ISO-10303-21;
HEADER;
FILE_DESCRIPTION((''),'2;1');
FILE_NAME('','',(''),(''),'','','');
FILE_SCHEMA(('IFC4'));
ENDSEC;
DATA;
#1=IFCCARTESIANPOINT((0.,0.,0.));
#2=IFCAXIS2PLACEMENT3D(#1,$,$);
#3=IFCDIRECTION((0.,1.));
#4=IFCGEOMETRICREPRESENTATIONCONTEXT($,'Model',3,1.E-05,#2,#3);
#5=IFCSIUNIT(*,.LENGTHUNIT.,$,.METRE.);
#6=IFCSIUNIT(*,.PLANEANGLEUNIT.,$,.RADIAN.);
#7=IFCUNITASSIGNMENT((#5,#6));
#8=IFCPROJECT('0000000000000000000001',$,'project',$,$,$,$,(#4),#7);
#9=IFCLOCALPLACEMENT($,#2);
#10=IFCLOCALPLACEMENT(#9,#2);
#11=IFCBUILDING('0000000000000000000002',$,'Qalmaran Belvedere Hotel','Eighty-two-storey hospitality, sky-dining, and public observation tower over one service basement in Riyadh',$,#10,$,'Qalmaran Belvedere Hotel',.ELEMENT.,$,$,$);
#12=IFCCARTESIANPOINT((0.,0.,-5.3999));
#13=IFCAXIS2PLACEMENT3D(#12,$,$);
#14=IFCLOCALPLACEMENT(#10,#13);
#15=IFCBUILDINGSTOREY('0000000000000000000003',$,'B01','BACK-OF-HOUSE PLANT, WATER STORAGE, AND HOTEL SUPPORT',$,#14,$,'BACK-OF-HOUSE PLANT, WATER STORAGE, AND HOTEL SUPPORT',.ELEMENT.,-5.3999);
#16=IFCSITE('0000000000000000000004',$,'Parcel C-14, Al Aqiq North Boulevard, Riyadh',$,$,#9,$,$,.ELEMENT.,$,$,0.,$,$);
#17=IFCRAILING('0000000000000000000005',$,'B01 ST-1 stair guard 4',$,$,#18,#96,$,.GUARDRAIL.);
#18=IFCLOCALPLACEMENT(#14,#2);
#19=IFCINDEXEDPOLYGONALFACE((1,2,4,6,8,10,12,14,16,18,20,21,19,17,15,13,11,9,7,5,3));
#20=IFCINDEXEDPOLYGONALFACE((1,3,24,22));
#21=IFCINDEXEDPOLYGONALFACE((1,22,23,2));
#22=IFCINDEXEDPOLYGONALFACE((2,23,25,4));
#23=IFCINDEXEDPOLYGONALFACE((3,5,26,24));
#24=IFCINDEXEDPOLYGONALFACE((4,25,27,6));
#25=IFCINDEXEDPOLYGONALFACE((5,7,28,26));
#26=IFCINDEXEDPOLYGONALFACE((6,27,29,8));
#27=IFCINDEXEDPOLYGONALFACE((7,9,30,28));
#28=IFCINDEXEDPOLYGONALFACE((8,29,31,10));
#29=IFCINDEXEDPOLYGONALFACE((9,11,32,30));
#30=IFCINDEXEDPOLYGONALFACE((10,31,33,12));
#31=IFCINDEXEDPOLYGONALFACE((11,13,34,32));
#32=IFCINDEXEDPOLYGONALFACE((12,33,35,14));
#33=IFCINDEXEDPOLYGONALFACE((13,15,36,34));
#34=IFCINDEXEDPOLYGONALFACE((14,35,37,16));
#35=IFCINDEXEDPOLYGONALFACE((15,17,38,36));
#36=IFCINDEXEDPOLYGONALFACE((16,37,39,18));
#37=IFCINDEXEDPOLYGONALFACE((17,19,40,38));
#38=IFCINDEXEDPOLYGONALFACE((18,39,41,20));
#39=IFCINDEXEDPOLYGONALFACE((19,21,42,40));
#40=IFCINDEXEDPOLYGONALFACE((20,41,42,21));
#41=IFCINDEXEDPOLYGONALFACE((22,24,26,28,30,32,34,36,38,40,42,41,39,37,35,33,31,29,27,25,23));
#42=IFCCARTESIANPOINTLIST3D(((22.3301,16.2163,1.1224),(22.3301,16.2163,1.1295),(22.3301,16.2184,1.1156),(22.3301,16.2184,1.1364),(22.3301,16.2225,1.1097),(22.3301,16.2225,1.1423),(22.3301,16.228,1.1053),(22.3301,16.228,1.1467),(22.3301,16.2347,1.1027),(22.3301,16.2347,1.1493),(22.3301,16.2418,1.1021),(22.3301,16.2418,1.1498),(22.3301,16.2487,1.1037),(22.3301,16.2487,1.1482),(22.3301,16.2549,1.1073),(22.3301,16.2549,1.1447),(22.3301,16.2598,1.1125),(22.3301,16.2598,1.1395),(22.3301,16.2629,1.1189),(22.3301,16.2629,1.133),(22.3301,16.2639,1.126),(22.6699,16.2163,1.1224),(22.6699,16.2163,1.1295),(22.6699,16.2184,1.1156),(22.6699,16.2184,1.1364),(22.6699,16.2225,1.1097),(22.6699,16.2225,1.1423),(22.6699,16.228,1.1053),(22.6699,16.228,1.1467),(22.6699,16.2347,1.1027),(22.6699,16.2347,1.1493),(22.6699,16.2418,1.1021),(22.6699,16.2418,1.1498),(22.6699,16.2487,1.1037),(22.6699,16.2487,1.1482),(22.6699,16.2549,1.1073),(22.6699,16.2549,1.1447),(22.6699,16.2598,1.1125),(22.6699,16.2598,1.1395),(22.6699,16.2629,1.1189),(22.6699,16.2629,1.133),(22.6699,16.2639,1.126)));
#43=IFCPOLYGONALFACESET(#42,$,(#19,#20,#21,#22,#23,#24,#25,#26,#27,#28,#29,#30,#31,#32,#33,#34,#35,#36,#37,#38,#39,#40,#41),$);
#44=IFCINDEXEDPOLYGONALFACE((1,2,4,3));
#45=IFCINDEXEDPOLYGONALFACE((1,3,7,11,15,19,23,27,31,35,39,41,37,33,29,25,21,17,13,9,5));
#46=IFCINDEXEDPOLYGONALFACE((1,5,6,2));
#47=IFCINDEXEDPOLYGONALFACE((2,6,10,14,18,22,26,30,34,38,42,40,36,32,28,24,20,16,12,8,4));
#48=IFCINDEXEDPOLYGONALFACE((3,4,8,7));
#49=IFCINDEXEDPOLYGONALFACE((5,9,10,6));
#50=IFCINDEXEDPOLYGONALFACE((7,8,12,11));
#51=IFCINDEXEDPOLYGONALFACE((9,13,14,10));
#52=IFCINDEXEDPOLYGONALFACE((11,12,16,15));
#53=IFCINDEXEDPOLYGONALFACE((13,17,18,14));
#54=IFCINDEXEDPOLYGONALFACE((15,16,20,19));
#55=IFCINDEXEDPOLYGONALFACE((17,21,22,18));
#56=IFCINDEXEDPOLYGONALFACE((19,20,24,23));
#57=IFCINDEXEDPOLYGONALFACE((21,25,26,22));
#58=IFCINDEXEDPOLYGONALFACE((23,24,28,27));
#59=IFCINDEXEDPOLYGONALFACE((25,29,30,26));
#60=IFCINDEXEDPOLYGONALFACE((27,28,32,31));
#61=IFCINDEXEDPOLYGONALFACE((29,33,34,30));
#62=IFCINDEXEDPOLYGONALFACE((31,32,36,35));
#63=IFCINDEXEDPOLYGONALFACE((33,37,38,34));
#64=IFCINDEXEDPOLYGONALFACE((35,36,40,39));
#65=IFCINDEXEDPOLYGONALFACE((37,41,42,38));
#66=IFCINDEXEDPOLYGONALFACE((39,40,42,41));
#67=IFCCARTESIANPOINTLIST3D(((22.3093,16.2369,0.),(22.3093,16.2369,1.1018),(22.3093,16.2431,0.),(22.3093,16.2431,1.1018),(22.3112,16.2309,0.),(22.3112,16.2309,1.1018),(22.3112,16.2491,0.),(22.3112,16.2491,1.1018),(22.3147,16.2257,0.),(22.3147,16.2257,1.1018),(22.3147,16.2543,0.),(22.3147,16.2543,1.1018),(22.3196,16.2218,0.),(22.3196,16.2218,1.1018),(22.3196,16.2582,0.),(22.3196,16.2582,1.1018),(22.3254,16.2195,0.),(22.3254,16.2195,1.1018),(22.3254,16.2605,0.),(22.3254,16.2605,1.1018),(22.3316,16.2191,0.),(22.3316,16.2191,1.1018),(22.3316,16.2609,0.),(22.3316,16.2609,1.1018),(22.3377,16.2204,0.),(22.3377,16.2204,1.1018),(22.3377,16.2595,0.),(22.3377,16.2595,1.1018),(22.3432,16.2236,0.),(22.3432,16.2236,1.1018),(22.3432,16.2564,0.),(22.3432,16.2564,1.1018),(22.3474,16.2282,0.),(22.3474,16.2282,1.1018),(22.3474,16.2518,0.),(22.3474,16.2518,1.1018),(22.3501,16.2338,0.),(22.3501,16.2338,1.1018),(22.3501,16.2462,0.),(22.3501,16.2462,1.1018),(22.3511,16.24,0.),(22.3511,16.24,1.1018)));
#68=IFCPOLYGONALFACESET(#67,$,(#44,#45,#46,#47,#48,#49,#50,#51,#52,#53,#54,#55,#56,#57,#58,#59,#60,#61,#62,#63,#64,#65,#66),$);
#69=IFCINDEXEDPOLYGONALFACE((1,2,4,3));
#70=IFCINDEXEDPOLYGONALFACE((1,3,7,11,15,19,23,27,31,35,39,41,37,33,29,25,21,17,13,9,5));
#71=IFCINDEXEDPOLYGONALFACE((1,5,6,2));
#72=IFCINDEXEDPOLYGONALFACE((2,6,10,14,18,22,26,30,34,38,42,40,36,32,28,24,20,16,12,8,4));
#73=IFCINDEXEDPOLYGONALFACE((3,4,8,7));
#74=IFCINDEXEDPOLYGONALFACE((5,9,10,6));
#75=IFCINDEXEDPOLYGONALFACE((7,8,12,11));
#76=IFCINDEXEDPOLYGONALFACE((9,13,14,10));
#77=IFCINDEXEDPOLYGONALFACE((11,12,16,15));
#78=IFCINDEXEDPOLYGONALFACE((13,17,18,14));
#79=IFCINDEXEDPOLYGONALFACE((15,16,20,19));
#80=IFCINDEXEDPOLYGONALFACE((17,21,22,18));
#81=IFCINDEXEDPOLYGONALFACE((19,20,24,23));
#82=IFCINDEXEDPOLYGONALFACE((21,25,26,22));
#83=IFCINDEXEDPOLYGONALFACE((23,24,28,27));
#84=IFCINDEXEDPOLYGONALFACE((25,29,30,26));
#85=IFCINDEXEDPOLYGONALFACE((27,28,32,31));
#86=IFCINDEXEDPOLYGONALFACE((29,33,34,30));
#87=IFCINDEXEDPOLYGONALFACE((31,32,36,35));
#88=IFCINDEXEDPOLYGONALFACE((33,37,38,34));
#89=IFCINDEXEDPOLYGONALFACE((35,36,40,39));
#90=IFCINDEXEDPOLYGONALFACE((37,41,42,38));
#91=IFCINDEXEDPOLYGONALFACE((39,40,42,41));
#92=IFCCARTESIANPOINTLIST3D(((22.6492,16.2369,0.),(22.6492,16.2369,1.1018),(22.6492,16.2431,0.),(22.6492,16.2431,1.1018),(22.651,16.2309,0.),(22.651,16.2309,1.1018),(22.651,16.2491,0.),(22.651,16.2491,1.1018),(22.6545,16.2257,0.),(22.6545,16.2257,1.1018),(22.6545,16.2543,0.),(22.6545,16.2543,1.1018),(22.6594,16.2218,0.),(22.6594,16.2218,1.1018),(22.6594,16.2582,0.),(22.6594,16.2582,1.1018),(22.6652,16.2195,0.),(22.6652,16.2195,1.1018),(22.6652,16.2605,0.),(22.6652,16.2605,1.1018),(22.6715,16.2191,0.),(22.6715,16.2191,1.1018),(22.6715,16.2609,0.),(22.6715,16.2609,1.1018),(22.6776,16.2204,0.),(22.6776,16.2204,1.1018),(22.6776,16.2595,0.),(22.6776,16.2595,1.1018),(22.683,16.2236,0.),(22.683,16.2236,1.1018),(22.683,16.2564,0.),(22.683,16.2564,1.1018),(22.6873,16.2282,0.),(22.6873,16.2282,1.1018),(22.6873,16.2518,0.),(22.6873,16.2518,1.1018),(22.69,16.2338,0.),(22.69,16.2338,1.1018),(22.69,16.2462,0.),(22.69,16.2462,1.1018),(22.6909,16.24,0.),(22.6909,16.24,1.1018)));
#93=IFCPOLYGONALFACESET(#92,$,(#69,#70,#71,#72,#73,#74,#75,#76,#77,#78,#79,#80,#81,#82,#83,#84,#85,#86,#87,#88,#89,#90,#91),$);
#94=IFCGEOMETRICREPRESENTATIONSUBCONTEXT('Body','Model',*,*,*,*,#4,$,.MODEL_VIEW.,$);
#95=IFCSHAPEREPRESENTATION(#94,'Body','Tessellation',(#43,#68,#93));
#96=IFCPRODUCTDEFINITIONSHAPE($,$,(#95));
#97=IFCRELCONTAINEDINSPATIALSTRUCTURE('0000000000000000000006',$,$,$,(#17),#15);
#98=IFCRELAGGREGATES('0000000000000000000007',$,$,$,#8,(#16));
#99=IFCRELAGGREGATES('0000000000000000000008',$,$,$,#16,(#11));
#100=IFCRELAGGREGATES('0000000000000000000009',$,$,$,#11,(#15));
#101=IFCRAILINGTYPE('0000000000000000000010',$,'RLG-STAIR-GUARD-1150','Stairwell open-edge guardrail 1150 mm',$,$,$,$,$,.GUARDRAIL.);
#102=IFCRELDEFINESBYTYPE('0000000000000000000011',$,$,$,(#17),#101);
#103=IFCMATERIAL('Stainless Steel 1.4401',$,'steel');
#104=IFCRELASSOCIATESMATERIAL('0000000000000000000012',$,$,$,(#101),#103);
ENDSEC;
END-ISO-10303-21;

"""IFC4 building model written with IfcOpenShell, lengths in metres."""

from ifc_helpers import new_model, si_unit, direction, frame, origin, origin_2d, place, context, subcontext, project, spatial, circle, extrude, material, type_object, element, save


model = new_model("IFC4")

# Units and contexts
model_context = context("Model", 3, precision=1e-05, world=origin(), true_north=direction((0.0, 1.0)))
body_context = subcontext(model_context, "Body", "Model", "MODEL_VIEW")
ifc_project = project(units=[si_unit("LENGTHUNIT", "METRE"), si_unit("PLANEANGLEUNIT", "RADIAN")], contexts=[model_context])

# Site, building, storey
site_placement = place(None, origin())
site = spatial("IfcSite", under=ifc_project, at=site_placement, Name="Parcel C-14, Al Aqiq North Boulevard, Riyadh", CompositionType="ELEMENT", RefElevation=0.0)
building_placement = place(site_placement, origin())
building = spatial("IfcBuilding", under=site, at=building_placement, Name="Qalmaran Belvedere Hotel", Description="Eighty-two-storey hospitality, sky-dining, and public observation tower over one service basement in Riyadh", LongName="Qalmaran Belvedere Hotel", CompositionType="ELEMENT")
storey_placement = place(building_placement, frame((0.0, 0.0, -5.3999)))
storey = spatial("IfcBuildingStorey", under=building, at=storey_placement, Name="B01", Description="BACK-OF-HOUSE PLANT, WATER STORAGE, AND HOTEL SUPPORT", LongName="BACK-OF-HOUSE PLANT, WATER STORAGE, AND HOTEL SUPPORT", CompositionType="ELEMENT", Elevation=-5.3999)

# Shared definitions
ifc_material_1 = material(Name="Stainless Steel 1.4401", Category="steel")

# Railing
railing_type_1 = type_object("IfcRailingType", Name="RLG-STAIR-GUARD-1150", Description="Stairwell open-edge guardrail 1150 mm", PredefinedType="GUARDRAIL", material=ifc_material_1)
railing_1_placement = place(storey_placement, frame((22.3301, 16.24, 0.0)))
element("IfcRailing", 1, at=railing_1_placement, inside=storey, type_object=railing_type_1, Name="B01 ST-1 stair guard 4", PredefinedType="GUARDRAIL", context=body_context, shape_type="SweptSolid", body=[
    extrude(circle(Radius=0.0239, at=origin_2d()), frame((0.0, 0.0, 1.126), z_axis=(1.0, 0.0, 0.0), x_axis=(0.0, 1.0, 0.0)), (0.0, 0.0, 1.0), 0.3398),
    extrude(circle(Radius=0.021, at=origin_2d()), origin(), (0.0, 0.0, 1.0), 1.1018),
    extrude(circle(Radius=0.021, at=origin_2d()), frame((0.3398, 0.0, 0.0)), (0.0, 0.0, 1.0), 1.1018),
])

save(model, "model.ifc")
